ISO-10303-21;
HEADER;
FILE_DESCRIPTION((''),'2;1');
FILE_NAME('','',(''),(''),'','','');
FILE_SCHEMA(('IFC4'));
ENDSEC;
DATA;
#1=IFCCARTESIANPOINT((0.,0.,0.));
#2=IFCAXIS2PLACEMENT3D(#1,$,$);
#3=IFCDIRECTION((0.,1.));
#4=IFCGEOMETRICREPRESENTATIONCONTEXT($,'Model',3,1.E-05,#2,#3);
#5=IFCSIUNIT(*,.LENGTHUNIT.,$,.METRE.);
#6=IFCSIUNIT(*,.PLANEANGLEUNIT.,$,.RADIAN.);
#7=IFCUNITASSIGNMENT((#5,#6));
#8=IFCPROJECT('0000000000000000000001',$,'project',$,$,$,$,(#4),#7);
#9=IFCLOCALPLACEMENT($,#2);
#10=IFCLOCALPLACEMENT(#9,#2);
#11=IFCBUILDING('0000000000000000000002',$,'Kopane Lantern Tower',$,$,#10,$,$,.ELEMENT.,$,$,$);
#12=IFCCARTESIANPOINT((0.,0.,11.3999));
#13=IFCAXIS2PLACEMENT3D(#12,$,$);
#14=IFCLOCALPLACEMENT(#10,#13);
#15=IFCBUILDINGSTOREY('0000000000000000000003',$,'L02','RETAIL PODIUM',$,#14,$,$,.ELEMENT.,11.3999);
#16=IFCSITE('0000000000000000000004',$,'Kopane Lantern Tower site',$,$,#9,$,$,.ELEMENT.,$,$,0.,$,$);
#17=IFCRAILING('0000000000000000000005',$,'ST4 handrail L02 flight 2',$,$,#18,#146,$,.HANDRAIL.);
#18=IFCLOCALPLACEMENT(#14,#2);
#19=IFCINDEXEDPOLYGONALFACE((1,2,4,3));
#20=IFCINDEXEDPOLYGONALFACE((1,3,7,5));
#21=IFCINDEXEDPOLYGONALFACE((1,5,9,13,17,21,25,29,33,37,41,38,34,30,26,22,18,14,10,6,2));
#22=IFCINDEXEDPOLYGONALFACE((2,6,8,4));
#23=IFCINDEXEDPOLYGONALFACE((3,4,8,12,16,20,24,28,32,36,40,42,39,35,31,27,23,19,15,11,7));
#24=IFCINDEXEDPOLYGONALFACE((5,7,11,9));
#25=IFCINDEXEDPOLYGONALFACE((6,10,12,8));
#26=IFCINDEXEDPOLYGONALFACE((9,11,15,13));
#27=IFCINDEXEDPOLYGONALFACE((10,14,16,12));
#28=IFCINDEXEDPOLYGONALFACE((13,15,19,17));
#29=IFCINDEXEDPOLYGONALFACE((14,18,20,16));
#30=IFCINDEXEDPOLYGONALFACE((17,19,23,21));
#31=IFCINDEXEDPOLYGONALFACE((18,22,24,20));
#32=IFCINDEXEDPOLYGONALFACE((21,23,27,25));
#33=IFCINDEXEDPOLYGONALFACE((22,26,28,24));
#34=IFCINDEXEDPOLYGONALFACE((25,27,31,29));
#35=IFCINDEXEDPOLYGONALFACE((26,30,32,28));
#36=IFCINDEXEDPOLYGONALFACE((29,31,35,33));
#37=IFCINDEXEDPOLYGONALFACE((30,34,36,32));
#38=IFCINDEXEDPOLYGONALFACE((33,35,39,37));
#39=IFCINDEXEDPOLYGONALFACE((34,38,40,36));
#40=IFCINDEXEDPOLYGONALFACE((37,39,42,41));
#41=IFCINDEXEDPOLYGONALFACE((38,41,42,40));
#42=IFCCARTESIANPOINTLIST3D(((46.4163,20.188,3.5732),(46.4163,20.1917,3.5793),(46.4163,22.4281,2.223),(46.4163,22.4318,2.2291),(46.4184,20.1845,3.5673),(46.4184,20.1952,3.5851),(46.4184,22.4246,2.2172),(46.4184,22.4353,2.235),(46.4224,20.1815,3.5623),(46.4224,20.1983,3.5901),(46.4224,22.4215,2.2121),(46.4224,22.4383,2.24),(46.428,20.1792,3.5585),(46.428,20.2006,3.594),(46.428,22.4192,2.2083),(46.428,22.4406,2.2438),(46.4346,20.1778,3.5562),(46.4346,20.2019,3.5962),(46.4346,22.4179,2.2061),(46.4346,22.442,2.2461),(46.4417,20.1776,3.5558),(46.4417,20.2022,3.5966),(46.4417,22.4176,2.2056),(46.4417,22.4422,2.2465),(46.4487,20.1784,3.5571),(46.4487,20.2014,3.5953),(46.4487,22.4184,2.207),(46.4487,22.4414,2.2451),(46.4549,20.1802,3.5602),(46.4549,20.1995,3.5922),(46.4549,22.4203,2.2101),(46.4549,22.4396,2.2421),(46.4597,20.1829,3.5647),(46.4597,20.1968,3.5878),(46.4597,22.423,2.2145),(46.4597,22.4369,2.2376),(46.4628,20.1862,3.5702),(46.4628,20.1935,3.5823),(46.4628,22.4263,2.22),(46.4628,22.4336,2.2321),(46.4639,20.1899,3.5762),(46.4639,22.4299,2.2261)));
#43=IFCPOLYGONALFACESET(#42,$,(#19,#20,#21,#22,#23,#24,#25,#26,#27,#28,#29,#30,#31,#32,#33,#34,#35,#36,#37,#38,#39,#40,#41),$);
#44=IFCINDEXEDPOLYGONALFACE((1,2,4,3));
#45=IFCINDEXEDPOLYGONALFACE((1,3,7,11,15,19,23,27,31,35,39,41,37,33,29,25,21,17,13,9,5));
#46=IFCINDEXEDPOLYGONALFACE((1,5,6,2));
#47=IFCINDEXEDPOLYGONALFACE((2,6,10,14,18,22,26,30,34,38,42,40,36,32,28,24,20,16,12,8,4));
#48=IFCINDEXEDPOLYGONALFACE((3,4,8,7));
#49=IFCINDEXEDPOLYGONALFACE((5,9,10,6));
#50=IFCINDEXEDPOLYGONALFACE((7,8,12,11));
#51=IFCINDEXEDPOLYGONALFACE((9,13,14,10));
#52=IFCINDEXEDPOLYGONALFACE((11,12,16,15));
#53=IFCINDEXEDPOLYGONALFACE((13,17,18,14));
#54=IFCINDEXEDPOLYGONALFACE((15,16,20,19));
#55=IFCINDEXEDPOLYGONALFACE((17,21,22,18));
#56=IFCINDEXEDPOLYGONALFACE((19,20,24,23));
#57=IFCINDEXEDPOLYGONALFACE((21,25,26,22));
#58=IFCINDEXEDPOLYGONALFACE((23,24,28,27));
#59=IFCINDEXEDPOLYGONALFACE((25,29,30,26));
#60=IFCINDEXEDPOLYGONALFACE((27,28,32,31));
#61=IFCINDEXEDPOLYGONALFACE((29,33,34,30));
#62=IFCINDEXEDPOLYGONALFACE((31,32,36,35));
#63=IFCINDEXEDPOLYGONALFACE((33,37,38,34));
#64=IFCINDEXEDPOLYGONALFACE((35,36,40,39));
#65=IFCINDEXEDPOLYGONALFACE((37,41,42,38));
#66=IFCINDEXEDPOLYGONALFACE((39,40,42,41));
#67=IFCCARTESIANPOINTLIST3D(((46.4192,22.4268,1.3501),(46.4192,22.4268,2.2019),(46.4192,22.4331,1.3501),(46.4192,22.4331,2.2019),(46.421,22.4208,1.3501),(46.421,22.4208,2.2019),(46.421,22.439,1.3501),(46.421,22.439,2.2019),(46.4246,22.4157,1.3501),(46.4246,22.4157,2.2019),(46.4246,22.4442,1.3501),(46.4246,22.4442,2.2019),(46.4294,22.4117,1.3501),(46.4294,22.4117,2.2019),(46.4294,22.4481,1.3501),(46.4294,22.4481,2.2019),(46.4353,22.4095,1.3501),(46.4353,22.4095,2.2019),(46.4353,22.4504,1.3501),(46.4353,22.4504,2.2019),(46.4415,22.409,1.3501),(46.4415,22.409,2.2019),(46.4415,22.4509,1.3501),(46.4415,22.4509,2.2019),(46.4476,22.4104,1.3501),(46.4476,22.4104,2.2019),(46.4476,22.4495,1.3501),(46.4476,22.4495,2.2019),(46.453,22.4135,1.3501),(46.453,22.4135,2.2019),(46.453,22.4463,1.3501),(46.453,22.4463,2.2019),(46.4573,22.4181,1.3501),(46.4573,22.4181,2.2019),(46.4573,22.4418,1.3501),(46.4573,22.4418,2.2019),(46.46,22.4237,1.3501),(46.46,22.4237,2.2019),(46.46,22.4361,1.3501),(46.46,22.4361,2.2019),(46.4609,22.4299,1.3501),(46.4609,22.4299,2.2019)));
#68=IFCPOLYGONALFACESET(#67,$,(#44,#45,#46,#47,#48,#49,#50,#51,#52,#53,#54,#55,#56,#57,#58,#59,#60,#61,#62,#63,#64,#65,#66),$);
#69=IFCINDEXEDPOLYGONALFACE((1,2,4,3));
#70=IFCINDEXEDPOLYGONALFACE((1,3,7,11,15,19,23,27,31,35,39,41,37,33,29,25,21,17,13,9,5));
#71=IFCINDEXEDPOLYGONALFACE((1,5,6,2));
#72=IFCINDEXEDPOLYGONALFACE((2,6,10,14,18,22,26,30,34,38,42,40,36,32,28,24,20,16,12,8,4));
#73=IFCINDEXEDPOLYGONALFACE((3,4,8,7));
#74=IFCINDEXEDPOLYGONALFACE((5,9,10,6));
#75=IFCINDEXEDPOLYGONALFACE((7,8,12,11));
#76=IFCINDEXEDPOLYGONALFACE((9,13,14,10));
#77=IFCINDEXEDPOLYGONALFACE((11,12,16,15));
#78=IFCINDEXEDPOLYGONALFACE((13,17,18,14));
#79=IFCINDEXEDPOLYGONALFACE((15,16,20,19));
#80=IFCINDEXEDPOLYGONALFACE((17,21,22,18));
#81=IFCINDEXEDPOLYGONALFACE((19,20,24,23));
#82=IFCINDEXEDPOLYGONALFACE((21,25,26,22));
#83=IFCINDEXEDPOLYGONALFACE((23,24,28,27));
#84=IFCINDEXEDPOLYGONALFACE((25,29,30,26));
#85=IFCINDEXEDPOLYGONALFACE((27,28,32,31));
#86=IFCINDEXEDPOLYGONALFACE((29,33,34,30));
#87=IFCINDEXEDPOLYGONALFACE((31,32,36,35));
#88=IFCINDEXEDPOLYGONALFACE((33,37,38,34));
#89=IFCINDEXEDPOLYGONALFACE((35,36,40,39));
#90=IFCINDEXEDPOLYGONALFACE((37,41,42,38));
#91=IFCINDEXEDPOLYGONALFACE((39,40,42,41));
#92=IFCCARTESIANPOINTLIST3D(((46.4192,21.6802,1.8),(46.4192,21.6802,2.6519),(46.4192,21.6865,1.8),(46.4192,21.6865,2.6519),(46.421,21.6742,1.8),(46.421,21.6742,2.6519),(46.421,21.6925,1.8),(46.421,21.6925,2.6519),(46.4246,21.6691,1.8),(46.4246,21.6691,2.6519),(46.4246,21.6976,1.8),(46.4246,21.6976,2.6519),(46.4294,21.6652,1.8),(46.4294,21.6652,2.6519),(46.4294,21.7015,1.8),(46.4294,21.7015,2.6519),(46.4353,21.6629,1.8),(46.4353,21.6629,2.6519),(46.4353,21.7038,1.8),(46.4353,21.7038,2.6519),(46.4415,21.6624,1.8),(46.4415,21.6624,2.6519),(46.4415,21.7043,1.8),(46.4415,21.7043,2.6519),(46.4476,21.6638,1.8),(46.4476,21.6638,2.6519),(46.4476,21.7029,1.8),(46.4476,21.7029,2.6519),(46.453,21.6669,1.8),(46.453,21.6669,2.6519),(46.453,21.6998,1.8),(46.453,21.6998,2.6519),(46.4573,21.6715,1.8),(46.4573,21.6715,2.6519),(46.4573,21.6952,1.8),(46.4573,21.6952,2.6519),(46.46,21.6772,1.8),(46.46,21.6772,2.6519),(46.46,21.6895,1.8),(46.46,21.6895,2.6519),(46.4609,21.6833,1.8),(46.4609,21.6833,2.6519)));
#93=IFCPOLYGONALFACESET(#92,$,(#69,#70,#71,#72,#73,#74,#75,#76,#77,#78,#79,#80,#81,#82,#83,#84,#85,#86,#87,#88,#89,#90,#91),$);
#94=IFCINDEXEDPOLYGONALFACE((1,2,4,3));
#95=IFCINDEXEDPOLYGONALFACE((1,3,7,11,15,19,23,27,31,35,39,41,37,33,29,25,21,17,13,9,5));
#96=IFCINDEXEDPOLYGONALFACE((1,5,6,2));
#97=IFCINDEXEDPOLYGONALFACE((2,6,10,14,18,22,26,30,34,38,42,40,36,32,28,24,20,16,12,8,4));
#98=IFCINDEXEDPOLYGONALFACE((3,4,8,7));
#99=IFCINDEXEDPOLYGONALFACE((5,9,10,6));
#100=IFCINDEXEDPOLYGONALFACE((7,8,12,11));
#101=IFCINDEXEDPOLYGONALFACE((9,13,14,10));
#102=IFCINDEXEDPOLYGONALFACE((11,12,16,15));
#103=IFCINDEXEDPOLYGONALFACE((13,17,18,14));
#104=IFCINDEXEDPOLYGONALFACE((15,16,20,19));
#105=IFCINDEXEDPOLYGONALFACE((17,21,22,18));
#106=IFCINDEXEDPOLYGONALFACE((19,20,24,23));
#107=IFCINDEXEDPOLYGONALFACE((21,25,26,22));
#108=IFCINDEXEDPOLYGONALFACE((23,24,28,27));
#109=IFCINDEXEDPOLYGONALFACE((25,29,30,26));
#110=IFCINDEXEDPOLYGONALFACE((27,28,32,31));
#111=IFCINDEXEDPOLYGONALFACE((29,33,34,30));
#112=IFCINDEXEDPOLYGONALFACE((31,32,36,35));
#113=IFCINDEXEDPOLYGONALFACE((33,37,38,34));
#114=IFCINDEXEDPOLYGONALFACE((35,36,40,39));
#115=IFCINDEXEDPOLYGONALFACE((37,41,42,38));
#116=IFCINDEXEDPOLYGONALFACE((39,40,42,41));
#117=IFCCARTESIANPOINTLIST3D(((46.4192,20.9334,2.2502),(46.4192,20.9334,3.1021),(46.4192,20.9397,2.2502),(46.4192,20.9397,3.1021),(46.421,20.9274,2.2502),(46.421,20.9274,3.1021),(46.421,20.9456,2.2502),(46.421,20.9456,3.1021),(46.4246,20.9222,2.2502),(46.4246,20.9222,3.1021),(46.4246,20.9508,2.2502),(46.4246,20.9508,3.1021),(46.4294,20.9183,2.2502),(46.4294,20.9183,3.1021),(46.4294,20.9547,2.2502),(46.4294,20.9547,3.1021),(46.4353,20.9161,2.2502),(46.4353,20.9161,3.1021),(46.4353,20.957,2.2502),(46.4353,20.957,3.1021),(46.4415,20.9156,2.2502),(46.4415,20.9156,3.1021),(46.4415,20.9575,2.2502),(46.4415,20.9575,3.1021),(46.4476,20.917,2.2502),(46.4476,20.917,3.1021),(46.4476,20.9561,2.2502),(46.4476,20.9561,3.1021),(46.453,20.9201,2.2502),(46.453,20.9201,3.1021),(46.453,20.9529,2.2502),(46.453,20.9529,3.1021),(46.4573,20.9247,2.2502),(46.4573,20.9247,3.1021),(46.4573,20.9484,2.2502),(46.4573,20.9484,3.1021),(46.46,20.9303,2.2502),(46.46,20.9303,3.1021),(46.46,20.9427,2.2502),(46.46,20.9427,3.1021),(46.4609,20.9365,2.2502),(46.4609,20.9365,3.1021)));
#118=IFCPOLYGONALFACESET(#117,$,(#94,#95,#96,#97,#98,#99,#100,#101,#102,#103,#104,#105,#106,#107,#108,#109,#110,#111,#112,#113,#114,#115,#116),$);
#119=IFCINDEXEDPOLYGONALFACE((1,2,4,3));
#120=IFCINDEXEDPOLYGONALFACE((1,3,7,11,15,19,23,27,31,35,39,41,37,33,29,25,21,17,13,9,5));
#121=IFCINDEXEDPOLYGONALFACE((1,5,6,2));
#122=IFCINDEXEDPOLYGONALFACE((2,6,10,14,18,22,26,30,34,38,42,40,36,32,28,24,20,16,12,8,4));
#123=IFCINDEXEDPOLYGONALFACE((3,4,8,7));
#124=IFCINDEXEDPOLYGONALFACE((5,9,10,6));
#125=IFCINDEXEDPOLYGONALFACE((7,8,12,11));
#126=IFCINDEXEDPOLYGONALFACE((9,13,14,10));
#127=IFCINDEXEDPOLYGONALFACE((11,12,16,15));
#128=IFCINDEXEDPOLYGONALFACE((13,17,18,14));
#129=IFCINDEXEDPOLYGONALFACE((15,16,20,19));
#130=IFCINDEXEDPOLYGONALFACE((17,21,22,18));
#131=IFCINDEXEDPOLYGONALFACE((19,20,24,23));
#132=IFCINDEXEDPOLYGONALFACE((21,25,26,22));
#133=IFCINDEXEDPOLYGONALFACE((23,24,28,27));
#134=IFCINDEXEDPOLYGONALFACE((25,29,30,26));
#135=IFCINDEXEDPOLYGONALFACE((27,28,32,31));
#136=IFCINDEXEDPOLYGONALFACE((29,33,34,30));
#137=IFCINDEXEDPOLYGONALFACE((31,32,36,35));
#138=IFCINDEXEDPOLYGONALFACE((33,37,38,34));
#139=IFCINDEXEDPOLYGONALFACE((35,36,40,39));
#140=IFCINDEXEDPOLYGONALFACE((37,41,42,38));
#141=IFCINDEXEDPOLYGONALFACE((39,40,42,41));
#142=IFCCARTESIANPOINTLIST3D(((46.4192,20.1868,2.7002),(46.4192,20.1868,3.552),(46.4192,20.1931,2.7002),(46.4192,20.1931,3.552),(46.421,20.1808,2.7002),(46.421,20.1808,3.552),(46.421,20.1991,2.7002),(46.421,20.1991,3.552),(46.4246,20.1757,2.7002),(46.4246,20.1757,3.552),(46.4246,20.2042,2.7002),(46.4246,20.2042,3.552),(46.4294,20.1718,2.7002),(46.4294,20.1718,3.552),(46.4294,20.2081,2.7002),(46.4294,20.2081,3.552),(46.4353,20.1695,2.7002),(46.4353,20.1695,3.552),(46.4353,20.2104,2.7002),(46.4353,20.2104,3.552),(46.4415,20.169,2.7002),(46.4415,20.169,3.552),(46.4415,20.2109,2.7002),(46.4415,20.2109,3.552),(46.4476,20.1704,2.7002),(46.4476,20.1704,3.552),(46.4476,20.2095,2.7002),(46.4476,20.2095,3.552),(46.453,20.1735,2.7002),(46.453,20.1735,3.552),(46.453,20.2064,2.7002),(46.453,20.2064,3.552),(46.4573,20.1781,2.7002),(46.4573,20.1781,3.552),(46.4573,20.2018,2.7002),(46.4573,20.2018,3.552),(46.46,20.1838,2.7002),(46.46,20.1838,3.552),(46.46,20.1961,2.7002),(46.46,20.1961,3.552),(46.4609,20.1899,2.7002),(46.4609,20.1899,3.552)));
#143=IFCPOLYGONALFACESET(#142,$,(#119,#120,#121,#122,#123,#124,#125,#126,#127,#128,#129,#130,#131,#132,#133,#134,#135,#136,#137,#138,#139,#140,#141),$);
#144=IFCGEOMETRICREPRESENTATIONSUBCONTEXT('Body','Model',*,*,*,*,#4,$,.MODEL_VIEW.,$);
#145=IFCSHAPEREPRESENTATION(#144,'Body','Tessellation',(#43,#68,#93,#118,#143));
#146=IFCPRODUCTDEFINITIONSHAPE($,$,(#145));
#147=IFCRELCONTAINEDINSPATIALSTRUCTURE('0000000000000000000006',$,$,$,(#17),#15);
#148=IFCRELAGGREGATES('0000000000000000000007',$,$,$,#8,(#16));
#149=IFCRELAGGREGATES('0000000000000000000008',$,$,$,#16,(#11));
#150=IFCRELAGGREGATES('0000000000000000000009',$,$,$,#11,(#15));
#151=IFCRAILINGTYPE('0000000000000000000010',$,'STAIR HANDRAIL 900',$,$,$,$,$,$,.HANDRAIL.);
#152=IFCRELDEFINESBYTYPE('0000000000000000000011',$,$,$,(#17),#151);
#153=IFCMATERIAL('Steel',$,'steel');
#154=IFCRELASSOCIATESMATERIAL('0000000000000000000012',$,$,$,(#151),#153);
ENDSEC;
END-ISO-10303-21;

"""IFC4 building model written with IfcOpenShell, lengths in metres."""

from ifc_helpers import new_model, si_unit, direction, frame, origin, origin_2d, place, context, subcontext, project, spatial, circle, extrude, material, type_object, element, save


model = new_model("IFC4")

# Units and contexts
model_context = context("Model", 3, precision=1e-05, world=origin(), true_north=direction((0.0, 1.0)))
body_context = subcontext(model_context, "Body", "Model", "MODEL_VIEW")
ifc_project = project(units=[si_unit("LENGTHUNIT", "METRE"), si_unit("PLANEANGLEUNIT", "RADIAN")], contexts=[model_context])

# Site, building, storey
site_placement = place(None, origin())
site = spatial("IfcSite", under=ifc_project, at=site_placement, Name="Kopane Lantern Tower site", CompositionType="ELEMENT", RefElevation=0.0)
building_placement = place(site_placement, origin())
building = spatial("IfcBuilding", under=site, at=building_placement, Name="Kopane Lantern Tower", CompositionType="ELEMENT")
storey_placement = place(building_placement, frame((0.0, 0.0, 11.3999)))
storey = spatial("IfcBuildingStorey", under=building, at=storey_placement, Name="L02", Description="RETAIL PODIUM", CompositionType="ELEMENT", Elevation=11.3999)

# Railing
ifc_material_1 = material(Name="Steel", Category="steel")
railing_type_1 = type_object("IfcRailingType", Name="STAIR HANDRAIL 900", PredefinedType="HANDRAIL", material=ifc_material_1)
for number, where, name in (
    (1, (46.4399, 22.4299, 1.3501), "ST4 handrail L02 flight 2"),
):
    element("IfcRailing", number, at=place(storey_placement, frame(where)), inside=storey, type_object=railing_type_1, Name=name, PredefinedType="HANDRAIL", context=body_context, shape_type="SweptSolid", body=[
        extrude(circle(Radius=0.0239, at=origin_2d()), frame((0.0, 0.0, 0.876), z_axis=(0.0, -0.856462, 0.516211), x_axis=(1.0, 0.0, 0.0)), (0.0, 0.0, 1.0), 2.6155),
        extrude(circle(Radius=0.021, at=origin_2d()), origin(), (0.0, 0.0, 1.0), 0.8518),
        extrude(circle(Radius=0.021, at=origin_2d()), frame((0.0, -0.7466, 0.45)), (0.0, 0.0, 1.0), 0.8518),
        extrude(circle(Radius=0.021, at=origin_2d()), frame((0.0, -1.4934, 0.9001)), (0.0, 0.0, 1.0), 0.8518),
        extrude(circle(Radius=0.021, at=origin_2d()), frame((0.0, -2.24, 1.3501)), (0.0, 0.0, 1.0), 0.8518),
    ])

save(model, "model.ifc")
